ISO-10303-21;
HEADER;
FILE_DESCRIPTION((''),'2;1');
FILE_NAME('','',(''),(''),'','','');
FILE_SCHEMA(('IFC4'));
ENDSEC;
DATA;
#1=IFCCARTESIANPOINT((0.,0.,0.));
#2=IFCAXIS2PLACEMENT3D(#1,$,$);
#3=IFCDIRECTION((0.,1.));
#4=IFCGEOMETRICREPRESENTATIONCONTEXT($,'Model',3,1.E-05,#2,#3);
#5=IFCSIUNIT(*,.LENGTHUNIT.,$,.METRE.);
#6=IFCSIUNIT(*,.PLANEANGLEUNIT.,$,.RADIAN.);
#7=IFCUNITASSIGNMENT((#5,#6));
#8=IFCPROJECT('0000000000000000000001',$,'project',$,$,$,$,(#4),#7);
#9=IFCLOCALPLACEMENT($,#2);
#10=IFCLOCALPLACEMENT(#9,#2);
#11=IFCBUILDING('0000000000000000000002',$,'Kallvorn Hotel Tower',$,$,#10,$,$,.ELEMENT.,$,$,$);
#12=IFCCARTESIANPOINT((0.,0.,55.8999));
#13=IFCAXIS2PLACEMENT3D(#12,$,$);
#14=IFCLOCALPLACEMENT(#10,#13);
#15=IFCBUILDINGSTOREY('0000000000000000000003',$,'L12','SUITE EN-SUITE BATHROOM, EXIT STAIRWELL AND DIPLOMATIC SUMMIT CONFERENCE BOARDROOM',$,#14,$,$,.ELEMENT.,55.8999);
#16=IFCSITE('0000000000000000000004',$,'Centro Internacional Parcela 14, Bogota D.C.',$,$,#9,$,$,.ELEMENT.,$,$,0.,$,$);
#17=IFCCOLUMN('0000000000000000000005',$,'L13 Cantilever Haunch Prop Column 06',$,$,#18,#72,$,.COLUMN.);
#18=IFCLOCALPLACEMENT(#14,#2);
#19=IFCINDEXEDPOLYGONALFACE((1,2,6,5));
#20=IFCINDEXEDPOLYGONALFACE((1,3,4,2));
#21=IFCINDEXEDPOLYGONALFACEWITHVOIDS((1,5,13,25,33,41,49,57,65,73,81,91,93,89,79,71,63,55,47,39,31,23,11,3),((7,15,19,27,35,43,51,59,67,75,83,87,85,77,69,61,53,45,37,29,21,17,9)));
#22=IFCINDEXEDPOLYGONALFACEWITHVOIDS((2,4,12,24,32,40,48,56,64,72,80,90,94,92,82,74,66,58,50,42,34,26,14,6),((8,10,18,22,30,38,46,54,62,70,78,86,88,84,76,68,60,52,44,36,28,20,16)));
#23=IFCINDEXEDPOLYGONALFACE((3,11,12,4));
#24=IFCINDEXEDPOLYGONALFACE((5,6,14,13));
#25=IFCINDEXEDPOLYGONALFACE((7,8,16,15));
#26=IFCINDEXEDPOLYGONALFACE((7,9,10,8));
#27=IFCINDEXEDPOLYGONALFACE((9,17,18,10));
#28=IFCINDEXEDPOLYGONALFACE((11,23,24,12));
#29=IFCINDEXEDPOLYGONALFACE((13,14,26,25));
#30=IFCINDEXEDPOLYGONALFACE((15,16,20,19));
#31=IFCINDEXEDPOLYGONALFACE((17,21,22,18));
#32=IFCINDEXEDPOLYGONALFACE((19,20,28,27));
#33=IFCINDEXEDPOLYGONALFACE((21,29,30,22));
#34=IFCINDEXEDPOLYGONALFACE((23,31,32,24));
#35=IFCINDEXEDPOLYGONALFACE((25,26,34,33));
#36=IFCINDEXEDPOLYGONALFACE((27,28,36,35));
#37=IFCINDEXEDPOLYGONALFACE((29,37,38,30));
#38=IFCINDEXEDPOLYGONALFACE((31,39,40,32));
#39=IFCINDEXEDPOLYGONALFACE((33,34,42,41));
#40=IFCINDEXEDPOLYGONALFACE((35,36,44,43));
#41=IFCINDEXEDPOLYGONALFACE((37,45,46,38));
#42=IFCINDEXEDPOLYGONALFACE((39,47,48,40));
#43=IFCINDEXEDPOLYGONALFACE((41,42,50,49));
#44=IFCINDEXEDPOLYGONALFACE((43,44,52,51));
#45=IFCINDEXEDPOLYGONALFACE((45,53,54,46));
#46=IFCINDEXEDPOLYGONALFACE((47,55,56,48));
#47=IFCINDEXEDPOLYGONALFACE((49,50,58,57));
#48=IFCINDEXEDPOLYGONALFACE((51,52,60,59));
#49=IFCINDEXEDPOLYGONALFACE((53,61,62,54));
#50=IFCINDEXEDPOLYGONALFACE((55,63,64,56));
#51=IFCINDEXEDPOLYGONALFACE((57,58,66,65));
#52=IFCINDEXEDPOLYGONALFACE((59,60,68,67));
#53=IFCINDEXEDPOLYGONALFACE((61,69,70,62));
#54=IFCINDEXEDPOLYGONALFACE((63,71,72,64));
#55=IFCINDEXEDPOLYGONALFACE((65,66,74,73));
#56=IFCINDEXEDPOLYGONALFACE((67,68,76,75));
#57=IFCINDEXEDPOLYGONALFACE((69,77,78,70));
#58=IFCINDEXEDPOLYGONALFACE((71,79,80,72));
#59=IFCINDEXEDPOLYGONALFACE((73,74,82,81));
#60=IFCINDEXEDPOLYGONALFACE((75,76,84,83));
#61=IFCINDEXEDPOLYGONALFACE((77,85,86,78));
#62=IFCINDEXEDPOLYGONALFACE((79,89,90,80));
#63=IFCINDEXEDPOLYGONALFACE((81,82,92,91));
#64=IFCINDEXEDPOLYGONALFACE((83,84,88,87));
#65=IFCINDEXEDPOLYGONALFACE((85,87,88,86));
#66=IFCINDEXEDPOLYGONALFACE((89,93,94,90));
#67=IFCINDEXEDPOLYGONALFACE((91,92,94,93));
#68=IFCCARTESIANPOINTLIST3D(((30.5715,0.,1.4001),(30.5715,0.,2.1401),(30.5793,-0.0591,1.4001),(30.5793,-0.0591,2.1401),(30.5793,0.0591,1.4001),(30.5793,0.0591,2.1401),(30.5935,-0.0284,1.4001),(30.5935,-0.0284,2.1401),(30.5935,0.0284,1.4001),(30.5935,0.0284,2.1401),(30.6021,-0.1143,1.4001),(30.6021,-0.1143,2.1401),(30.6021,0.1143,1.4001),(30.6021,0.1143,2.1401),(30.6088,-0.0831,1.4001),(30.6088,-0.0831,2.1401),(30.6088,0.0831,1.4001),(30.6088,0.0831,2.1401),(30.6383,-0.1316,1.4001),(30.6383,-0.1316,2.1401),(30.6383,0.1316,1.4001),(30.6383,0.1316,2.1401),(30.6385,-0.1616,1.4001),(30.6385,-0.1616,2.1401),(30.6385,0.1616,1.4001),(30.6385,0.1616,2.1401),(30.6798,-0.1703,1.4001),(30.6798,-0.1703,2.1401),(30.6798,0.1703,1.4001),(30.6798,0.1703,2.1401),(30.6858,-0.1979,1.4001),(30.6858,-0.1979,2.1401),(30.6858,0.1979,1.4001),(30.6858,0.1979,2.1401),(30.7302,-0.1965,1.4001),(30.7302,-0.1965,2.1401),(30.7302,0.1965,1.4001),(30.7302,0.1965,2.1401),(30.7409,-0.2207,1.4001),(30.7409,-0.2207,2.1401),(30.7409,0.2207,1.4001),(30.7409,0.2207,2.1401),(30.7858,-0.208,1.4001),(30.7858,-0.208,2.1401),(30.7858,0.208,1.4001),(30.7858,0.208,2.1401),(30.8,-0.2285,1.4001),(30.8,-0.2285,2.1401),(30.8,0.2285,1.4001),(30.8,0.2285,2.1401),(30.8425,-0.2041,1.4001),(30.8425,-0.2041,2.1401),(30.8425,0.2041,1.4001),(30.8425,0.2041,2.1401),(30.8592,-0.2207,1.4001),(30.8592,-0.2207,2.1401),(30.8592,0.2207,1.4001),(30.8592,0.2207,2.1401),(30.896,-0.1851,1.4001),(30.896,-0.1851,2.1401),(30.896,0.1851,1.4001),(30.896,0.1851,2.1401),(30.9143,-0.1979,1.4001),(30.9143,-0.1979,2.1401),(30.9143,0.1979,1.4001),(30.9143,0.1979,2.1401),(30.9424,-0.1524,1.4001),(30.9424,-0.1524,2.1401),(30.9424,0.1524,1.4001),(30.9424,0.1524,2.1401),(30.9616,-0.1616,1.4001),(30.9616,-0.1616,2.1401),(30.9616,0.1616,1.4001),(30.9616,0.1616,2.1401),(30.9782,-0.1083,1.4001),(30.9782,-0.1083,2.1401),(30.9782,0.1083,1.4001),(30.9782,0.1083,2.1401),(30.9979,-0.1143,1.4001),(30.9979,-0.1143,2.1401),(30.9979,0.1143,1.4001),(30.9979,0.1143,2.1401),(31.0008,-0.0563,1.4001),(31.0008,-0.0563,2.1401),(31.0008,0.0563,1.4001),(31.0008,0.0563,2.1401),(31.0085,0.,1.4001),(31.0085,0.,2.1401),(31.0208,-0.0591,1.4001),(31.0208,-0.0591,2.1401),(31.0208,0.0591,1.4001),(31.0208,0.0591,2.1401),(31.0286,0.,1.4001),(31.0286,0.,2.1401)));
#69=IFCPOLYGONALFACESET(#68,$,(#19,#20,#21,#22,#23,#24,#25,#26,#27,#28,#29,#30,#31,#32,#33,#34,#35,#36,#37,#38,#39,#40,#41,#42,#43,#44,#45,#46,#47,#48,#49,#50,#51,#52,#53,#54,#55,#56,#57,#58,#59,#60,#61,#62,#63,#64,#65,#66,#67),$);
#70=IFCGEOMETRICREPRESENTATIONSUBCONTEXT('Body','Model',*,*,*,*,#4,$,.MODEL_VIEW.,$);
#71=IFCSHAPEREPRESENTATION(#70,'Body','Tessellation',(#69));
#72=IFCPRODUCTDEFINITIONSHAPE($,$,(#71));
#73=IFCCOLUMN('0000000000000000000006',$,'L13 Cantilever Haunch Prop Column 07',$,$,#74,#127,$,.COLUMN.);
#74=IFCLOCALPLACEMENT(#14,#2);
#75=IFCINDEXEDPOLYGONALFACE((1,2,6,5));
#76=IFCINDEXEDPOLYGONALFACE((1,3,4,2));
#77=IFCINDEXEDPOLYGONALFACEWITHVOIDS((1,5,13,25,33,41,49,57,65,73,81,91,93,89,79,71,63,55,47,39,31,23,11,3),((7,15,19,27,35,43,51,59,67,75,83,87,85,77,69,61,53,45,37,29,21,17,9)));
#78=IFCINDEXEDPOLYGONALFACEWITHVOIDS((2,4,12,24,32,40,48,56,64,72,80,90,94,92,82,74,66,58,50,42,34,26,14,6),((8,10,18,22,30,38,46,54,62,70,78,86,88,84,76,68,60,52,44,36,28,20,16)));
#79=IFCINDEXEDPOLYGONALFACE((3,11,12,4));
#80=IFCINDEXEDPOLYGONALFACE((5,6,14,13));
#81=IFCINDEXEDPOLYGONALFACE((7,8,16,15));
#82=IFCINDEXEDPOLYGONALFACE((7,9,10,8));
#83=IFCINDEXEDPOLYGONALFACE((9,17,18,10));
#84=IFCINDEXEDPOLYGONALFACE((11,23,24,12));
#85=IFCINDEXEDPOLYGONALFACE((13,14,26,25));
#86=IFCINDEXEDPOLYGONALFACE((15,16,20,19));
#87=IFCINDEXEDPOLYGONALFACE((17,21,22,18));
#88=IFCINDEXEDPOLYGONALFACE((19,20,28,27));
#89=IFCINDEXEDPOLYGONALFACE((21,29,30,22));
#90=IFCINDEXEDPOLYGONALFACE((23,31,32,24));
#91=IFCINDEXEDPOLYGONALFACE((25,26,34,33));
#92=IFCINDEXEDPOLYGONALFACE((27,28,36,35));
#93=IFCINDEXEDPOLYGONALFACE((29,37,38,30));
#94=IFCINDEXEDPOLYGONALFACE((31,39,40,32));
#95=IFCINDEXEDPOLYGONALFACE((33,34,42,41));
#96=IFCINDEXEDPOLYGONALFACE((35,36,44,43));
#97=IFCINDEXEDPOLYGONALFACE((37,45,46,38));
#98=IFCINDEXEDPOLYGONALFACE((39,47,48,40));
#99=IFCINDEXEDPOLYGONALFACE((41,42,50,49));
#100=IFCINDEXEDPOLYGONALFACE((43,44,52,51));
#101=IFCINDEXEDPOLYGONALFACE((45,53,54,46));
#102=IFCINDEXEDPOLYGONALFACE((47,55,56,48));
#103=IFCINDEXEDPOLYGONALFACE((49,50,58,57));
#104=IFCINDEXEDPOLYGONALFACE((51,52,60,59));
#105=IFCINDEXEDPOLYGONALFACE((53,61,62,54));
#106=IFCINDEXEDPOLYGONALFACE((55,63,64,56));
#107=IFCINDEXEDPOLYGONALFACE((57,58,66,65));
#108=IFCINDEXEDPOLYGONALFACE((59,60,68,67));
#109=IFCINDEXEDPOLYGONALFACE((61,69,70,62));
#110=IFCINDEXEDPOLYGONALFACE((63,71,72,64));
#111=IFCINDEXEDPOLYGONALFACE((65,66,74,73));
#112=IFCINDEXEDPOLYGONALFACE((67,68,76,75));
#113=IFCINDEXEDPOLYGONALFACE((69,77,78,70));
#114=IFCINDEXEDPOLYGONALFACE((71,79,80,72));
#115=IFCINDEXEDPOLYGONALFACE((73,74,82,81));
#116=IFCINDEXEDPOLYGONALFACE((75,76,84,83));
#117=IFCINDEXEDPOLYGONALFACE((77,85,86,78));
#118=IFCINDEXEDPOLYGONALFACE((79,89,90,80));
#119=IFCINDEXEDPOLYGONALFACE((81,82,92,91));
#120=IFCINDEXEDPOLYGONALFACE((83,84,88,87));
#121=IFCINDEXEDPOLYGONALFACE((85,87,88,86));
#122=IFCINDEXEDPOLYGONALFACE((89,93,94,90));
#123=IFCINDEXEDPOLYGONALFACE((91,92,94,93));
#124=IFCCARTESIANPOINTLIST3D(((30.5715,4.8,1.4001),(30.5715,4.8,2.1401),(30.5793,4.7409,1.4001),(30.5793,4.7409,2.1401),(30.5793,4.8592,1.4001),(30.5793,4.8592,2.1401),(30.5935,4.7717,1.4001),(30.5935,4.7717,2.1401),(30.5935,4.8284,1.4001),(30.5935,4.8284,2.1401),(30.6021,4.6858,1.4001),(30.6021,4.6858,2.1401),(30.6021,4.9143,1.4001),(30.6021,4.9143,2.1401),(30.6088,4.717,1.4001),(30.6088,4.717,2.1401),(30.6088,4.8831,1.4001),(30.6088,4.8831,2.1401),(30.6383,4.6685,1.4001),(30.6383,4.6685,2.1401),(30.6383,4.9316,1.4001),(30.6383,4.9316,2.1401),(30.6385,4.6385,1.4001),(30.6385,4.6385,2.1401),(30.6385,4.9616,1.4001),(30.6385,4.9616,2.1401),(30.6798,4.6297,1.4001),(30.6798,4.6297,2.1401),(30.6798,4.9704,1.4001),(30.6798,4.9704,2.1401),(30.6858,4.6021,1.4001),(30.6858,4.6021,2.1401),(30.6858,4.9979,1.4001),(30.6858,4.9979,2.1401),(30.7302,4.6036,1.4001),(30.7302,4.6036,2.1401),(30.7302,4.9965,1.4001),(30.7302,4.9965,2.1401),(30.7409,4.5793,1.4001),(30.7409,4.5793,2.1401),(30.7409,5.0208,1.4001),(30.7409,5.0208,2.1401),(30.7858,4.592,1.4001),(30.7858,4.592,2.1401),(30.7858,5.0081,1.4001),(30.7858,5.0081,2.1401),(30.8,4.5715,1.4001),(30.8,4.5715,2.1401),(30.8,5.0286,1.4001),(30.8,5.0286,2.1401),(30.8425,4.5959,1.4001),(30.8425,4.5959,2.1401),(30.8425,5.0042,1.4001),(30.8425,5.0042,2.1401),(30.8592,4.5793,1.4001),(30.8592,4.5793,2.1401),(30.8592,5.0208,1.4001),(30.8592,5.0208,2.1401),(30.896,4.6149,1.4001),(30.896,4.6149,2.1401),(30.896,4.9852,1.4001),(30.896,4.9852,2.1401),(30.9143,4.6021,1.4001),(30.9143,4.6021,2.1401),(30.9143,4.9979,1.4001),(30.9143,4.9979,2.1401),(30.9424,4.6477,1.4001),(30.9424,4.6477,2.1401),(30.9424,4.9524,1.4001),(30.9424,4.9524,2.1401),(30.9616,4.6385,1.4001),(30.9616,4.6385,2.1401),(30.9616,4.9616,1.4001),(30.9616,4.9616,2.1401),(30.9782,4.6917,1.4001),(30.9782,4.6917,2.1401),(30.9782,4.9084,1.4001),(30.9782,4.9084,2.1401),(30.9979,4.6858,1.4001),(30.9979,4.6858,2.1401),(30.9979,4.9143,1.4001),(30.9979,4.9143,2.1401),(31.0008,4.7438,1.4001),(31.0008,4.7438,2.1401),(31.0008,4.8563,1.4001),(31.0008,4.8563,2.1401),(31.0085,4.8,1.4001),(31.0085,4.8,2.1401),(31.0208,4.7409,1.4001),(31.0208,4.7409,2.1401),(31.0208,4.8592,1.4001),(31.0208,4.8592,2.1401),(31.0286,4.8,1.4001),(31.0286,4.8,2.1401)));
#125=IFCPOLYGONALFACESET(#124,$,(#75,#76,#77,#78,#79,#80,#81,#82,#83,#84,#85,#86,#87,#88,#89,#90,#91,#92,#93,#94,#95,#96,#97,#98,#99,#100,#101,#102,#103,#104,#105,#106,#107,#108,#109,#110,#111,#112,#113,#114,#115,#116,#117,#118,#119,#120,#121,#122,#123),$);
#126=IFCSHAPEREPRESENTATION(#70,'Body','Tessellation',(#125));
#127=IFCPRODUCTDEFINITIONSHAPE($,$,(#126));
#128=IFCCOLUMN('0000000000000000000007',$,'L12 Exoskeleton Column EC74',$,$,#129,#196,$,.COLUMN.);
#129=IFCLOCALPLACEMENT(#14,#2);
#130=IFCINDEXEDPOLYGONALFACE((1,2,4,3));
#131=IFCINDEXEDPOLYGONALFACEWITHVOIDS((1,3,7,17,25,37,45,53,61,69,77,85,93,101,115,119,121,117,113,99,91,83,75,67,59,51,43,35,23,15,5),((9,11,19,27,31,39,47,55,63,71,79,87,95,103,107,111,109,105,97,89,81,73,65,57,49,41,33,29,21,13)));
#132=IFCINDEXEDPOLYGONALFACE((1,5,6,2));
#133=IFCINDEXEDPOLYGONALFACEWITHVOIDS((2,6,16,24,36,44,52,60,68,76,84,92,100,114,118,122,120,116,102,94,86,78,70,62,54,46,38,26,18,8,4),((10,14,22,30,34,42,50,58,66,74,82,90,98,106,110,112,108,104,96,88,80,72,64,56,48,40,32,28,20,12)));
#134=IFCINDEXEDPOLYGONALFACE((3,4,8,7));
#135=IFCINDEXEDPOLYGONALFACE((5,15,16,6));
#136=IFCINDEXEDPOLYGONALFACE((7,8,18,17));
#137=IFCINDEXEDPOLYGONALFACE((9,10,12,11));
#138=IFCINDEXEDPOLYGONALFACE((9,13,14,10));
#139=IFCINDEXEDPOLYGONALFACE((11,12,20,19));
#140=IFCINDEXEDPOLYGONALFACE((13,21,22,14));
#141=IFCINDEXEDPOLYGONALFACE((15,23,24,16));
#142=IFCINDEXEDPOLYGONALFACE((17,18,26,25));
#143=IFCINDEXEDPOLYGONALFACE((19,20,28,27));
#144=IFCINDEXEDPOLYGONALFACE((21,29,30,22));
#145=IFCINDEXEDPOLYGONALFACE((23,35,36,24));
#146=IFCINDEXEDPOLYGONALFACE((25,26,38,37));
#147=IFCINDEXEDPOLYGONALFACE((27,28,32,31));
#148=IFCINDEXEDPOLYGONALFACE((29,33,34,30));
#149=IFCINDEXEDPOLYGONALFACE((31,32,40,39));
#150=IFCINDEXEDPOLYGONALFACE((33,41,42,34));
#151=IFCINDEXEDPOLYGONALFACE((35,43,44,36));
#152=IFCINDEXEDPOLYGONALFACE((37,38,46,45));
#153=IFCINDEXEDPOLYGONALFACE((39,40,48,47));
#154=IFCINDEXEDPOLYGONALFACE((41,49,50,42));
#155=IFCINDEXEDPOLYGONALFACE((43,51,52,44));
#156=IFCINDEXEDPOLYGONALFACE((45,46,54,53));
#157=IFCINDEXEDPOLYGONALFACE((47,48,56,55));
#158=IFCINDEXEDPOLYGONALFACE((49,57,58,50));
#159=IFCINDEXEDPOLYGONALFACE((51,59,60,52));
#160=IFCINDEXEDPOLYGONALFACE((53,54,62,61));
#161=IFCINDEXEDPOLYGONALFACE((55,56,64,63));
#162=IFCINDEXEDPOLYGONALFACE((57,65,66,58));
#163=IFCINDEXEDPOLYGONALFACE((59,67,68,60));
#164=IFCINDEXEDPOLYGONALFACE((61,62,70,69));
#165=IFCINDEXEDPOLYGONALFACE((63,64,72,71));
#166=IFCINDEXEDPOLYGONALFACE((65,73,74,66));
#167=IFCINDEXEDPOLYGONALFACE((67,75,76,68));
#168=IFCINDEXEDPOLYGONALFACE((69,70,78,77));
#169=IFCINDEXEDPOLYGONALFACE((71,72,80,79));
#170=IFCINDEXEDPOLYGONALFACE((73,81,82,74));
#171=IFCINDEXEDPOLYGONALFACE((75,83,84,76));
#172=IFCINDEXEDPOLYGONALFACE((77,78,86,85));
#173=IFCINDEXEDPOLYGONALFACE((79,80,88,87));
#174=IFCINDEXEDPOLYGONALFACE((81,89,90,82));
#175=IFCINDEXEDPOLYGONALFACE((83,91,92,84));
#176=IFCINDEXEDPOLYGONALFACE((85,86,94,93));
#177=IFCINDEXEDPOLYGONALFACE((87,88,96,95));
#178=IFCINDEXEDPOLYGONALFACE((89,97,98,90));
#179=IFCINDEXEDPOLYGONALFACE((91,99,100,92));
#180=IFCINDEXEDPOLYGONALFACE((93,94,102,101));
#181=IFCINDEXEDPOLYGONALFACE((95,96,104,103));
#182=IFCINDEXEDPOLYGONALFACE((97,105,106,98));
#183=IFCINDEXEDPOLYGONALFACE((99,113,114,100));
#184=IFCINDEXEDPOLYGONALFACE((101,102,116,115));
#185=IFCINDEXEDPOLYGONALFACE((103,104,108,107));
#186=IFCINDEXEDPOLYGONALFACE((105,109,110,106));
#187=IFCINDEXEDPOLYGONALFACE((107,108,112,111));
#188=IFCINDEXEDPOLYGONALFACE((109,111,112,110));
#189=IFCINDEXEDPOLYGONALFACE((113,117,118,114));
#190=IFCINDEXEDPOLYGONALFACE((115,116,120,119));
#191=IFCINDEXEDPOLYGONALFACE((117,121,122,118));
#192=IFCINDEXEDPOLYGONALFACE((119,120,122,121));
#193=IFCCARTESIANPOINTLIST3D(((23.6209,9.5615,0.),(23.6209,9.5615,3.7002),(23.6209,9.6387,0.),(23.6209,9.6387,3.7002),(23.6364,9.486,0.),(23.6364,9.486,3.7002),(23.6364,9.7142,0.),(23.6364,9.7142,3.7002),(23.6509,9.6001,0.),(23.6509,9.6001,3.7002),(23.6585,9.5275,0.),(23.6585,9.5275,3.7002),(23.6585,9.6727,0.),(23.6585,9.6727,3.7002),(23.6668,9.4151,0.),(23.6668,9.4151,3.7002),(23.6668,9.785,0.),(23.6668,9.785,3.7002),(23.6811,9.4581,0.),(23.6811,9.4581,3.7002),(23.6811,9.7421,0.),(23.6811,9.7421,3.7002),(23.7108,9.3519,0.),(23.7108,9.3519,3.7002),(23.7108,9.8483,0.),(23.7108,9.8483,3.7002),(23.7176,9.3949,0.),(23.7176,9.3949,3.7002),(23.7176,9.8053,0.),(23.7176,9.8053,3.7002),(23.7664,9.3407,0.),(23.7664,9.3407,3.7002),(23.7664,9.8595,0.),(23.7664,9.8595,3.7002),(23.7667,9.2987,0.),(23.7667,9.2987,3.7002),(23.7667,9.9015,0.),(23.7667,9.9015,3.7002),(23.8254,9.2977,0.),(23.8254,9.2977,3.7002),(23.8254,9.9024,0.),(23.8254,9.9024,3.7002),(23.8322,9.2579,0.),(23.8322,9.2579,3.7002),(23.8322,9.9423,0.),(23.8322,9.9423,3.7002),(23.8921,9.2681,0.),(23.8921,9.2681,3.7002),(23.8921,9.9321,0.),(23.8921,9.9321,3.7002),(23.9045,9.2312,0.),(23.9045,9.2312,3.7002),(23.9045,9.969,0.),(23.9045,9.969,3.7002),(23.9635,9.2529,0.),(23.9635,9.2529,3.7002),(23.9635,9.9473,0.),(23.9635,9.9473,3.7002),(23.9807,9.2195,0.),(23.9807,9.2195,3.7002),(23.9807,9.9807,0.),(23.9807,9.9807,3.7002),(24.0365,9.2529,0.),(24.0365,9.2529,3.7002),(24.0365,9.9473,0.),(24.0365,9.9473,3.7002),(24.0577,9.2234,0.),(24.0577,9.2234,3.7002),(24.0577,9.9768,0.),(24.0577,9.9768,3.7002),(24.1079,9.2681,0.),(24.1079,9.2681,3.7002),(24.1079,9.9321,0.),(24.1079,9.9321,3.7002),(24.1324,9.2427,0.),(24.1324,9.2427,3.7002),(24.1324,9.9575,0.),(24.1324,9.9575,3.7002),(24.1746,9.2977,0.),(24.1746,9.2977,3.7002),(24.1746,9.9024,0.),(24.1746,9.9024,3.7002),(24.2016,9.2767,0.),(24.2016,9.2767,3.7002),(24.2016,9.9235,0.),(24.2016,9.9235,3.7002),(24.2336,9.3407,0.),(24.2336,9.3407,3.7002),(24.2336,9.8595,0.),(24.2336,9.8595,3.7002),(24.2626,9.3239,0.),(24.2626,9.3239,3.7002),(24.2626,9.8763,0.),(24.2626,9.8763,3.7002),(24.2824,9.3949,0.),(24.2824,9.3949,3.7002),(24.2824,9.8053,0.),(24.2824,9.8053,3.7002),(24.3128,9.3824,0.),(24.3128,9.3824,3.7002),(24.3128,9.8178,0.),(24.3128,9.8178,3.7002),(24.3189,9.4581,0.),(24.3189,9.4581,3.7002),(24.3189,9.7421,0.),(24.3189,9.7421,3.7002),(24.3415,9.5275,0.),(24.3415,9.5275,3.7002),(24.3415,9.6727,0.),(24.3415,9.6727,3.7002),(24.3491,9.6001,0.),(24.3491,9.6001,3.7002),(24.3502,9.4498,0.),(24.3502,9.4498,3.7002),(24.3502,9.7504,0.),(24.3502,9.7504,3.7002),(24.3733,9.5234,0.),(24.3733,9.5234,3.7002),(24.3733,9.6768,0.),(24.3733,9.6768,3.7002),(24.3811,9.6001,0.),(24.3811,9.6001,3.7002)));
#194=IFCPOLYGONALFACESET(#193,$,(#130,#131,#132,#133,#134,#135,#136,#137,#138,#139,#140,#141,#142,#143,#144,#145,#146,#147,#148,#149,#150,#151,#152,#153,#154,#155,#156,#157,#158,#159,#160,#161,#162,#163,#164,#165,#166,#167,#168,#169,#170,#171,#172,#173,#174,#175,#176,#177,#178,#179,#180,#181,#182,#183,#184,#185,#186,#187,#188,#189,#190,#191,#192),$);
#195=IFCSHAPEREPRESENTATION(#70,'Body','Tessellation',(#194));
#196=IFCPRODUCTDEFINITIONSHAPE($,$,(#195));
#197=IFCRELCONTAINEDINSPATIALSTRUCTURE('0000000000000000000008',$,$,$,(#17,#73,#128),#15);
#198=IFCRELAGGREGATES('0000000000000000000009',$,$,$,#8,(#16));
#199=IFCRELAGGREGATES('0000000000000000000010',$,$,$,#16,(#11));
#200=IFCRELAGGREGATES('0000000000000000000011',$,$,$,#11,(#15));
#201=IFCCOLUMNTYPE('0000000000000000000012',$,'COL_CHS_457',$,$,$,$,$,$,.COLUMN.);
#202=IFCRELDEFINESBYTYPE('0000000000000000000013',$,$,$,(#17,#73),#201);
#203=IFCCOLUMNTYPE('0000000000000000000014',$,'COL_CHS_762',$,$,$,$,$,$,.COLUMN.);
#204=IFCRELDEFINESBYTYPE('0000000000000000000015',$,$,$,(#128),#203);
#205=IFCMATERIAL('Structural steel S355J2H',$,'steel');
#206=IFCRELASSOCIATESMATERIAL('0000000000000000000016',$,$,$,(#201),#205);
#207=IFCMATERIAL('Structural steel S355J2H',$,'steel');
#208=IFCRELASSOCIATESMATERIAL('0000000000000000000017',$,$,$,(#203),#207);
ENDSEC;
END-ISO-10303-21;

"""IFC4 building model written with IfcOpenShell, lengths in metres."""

from ifc_helpers import new_model, si_unit, direction, frame, origin, origin_2d, place, context, subcontext, project, spatial, hollow_circle, extrude, material, material_profile, profile_set, type_object, element, save


model = new_model("IFC4")

# Units and contexts
model_context = context("Model", 3, precision=1e-05, world=origin(), true_north=direction((0.0, 1.0)))
body_context = subcontext(model_context, "Body", "Model", "MODEL_VIEW")
ifc_project = project(units=[si_unit("LENGTHUNIT", "METRE"), si_unit("PLANEANGLEUNIT", "RADIAN")], contexts=[model_context])

# Site, building, storey
site_placement = place(None, origin())
site = spatial("IfcSite", under=ifc_project, at=site_placement, Name="Centro Internacional Parcela 14, Bogota D.C.", CompositionType="ELEMENT", RefElevation=0.0)
building_placement = place(site_placement, origin())
building = spatial("IfcBuilding", under=site, at=building_placement, Name="Kallvorn Hotel Tower", CompositionType="ELEMENT")
storey_placement = place(building_placement, frame((0.0, 0.0, 55.8999)))
storey = spatial("IfcBuildingStorey", under=building, at=storey_placement, Name="L12", Description="SUITE EN-SUITE BATHROOM, EXIT STAIRWELL AND DIPLOMATIC SUMMIT CONFERENCE BOARDROOM", CompositionType="ELEMENT", Elevation=55.8999)

# Columns
ifc_material_1 = material(Name="Structural steel S355J2H", Category="steel")
ifc_material_profile_1 = material_profile(ifc_material_1, hollow_circle(Radius=0.2285, WallThickness=0.02, at=origin_2d()), Name="CHS 457x20")
ifc_profile_set_1 = profile_set([ifc_material_profile_1], Name="Structural steel S355J2H")
column_type_1 = type_object("IfcColumnType", Name="COL_CHS_457", PredefinedType="COLUMN", material=ifc_profile_set_1)
for number, where, z_axis, x_axis, name in (
    (1, (30.8, 0.0, 1.4001), (0.0, 0.0, 1.0), (1.0, 0.0, 0.0), "L13 Cantilever Haunch Prop Column 06"),
    (2, (30.8, 4.8, 1.4001), (0.0, 0.0, 1.0), (1.0, 0.0, 0.0), "L13 Cantilever Haunch Prop Column 07"),
):
    element("IfcColumn", number, at=place(storey_placement, frame(where, z_axis=z_axis, x_axis=x_axis)), inside=storey, type_object=column_type_1, Name=name, PredefinedType="COLUMN", context=body_context, shape_type="SweptSolid", body=[
        extrude(hollow_circle(Radius=0.2285, WallThickness=0.02, at=origin_2d()), origin(), (0.0, 0.0, 1.0), 0.74),
    ])
ifc_material_2 = material(Name="Structural steel S355J2H", Category="steel")
ifc_material_profile_2 = material_profile(ifc_material_2, hollow_circle(Radius=0.3811, WallThickness=0.032, at=origin_2d()), Name="CHS 762x32")
ifc_profile_set_2 = profile_set([ifc_material_profile_2], Name="Structural steel S355J2H")
column_type_2 = type_object("IfcColumnType", Name="COL_CHS_762", PredefinedType="COLUMN", material=ifc_profile_set_2)
for number, where, z_axis, x_axis, name in (
    (3, (24.0, 9.6001, 0.0), (0.0, 0.0, 1.0), (1.0, 0.0, 0.0), "L12 Exoskeleton Column EC74"),
):
    element("IfcColumn", number, at=place(storey_placement, frame(where, z_axis=z_axis, x_axis=x_axis)), inside=storey, type_object=column_type_2, Name=name, PredefinedType="COLUMN", context=body_context, shape_type="SweptSolid", body=[
        extrude(hollow_circle(Radius=0.3811, WallThickness=0.032, at=origin_2d()), origin(), (0.0, 0.0, 1.0), 3.7002),
    ])

save(model, "model.ifc")
